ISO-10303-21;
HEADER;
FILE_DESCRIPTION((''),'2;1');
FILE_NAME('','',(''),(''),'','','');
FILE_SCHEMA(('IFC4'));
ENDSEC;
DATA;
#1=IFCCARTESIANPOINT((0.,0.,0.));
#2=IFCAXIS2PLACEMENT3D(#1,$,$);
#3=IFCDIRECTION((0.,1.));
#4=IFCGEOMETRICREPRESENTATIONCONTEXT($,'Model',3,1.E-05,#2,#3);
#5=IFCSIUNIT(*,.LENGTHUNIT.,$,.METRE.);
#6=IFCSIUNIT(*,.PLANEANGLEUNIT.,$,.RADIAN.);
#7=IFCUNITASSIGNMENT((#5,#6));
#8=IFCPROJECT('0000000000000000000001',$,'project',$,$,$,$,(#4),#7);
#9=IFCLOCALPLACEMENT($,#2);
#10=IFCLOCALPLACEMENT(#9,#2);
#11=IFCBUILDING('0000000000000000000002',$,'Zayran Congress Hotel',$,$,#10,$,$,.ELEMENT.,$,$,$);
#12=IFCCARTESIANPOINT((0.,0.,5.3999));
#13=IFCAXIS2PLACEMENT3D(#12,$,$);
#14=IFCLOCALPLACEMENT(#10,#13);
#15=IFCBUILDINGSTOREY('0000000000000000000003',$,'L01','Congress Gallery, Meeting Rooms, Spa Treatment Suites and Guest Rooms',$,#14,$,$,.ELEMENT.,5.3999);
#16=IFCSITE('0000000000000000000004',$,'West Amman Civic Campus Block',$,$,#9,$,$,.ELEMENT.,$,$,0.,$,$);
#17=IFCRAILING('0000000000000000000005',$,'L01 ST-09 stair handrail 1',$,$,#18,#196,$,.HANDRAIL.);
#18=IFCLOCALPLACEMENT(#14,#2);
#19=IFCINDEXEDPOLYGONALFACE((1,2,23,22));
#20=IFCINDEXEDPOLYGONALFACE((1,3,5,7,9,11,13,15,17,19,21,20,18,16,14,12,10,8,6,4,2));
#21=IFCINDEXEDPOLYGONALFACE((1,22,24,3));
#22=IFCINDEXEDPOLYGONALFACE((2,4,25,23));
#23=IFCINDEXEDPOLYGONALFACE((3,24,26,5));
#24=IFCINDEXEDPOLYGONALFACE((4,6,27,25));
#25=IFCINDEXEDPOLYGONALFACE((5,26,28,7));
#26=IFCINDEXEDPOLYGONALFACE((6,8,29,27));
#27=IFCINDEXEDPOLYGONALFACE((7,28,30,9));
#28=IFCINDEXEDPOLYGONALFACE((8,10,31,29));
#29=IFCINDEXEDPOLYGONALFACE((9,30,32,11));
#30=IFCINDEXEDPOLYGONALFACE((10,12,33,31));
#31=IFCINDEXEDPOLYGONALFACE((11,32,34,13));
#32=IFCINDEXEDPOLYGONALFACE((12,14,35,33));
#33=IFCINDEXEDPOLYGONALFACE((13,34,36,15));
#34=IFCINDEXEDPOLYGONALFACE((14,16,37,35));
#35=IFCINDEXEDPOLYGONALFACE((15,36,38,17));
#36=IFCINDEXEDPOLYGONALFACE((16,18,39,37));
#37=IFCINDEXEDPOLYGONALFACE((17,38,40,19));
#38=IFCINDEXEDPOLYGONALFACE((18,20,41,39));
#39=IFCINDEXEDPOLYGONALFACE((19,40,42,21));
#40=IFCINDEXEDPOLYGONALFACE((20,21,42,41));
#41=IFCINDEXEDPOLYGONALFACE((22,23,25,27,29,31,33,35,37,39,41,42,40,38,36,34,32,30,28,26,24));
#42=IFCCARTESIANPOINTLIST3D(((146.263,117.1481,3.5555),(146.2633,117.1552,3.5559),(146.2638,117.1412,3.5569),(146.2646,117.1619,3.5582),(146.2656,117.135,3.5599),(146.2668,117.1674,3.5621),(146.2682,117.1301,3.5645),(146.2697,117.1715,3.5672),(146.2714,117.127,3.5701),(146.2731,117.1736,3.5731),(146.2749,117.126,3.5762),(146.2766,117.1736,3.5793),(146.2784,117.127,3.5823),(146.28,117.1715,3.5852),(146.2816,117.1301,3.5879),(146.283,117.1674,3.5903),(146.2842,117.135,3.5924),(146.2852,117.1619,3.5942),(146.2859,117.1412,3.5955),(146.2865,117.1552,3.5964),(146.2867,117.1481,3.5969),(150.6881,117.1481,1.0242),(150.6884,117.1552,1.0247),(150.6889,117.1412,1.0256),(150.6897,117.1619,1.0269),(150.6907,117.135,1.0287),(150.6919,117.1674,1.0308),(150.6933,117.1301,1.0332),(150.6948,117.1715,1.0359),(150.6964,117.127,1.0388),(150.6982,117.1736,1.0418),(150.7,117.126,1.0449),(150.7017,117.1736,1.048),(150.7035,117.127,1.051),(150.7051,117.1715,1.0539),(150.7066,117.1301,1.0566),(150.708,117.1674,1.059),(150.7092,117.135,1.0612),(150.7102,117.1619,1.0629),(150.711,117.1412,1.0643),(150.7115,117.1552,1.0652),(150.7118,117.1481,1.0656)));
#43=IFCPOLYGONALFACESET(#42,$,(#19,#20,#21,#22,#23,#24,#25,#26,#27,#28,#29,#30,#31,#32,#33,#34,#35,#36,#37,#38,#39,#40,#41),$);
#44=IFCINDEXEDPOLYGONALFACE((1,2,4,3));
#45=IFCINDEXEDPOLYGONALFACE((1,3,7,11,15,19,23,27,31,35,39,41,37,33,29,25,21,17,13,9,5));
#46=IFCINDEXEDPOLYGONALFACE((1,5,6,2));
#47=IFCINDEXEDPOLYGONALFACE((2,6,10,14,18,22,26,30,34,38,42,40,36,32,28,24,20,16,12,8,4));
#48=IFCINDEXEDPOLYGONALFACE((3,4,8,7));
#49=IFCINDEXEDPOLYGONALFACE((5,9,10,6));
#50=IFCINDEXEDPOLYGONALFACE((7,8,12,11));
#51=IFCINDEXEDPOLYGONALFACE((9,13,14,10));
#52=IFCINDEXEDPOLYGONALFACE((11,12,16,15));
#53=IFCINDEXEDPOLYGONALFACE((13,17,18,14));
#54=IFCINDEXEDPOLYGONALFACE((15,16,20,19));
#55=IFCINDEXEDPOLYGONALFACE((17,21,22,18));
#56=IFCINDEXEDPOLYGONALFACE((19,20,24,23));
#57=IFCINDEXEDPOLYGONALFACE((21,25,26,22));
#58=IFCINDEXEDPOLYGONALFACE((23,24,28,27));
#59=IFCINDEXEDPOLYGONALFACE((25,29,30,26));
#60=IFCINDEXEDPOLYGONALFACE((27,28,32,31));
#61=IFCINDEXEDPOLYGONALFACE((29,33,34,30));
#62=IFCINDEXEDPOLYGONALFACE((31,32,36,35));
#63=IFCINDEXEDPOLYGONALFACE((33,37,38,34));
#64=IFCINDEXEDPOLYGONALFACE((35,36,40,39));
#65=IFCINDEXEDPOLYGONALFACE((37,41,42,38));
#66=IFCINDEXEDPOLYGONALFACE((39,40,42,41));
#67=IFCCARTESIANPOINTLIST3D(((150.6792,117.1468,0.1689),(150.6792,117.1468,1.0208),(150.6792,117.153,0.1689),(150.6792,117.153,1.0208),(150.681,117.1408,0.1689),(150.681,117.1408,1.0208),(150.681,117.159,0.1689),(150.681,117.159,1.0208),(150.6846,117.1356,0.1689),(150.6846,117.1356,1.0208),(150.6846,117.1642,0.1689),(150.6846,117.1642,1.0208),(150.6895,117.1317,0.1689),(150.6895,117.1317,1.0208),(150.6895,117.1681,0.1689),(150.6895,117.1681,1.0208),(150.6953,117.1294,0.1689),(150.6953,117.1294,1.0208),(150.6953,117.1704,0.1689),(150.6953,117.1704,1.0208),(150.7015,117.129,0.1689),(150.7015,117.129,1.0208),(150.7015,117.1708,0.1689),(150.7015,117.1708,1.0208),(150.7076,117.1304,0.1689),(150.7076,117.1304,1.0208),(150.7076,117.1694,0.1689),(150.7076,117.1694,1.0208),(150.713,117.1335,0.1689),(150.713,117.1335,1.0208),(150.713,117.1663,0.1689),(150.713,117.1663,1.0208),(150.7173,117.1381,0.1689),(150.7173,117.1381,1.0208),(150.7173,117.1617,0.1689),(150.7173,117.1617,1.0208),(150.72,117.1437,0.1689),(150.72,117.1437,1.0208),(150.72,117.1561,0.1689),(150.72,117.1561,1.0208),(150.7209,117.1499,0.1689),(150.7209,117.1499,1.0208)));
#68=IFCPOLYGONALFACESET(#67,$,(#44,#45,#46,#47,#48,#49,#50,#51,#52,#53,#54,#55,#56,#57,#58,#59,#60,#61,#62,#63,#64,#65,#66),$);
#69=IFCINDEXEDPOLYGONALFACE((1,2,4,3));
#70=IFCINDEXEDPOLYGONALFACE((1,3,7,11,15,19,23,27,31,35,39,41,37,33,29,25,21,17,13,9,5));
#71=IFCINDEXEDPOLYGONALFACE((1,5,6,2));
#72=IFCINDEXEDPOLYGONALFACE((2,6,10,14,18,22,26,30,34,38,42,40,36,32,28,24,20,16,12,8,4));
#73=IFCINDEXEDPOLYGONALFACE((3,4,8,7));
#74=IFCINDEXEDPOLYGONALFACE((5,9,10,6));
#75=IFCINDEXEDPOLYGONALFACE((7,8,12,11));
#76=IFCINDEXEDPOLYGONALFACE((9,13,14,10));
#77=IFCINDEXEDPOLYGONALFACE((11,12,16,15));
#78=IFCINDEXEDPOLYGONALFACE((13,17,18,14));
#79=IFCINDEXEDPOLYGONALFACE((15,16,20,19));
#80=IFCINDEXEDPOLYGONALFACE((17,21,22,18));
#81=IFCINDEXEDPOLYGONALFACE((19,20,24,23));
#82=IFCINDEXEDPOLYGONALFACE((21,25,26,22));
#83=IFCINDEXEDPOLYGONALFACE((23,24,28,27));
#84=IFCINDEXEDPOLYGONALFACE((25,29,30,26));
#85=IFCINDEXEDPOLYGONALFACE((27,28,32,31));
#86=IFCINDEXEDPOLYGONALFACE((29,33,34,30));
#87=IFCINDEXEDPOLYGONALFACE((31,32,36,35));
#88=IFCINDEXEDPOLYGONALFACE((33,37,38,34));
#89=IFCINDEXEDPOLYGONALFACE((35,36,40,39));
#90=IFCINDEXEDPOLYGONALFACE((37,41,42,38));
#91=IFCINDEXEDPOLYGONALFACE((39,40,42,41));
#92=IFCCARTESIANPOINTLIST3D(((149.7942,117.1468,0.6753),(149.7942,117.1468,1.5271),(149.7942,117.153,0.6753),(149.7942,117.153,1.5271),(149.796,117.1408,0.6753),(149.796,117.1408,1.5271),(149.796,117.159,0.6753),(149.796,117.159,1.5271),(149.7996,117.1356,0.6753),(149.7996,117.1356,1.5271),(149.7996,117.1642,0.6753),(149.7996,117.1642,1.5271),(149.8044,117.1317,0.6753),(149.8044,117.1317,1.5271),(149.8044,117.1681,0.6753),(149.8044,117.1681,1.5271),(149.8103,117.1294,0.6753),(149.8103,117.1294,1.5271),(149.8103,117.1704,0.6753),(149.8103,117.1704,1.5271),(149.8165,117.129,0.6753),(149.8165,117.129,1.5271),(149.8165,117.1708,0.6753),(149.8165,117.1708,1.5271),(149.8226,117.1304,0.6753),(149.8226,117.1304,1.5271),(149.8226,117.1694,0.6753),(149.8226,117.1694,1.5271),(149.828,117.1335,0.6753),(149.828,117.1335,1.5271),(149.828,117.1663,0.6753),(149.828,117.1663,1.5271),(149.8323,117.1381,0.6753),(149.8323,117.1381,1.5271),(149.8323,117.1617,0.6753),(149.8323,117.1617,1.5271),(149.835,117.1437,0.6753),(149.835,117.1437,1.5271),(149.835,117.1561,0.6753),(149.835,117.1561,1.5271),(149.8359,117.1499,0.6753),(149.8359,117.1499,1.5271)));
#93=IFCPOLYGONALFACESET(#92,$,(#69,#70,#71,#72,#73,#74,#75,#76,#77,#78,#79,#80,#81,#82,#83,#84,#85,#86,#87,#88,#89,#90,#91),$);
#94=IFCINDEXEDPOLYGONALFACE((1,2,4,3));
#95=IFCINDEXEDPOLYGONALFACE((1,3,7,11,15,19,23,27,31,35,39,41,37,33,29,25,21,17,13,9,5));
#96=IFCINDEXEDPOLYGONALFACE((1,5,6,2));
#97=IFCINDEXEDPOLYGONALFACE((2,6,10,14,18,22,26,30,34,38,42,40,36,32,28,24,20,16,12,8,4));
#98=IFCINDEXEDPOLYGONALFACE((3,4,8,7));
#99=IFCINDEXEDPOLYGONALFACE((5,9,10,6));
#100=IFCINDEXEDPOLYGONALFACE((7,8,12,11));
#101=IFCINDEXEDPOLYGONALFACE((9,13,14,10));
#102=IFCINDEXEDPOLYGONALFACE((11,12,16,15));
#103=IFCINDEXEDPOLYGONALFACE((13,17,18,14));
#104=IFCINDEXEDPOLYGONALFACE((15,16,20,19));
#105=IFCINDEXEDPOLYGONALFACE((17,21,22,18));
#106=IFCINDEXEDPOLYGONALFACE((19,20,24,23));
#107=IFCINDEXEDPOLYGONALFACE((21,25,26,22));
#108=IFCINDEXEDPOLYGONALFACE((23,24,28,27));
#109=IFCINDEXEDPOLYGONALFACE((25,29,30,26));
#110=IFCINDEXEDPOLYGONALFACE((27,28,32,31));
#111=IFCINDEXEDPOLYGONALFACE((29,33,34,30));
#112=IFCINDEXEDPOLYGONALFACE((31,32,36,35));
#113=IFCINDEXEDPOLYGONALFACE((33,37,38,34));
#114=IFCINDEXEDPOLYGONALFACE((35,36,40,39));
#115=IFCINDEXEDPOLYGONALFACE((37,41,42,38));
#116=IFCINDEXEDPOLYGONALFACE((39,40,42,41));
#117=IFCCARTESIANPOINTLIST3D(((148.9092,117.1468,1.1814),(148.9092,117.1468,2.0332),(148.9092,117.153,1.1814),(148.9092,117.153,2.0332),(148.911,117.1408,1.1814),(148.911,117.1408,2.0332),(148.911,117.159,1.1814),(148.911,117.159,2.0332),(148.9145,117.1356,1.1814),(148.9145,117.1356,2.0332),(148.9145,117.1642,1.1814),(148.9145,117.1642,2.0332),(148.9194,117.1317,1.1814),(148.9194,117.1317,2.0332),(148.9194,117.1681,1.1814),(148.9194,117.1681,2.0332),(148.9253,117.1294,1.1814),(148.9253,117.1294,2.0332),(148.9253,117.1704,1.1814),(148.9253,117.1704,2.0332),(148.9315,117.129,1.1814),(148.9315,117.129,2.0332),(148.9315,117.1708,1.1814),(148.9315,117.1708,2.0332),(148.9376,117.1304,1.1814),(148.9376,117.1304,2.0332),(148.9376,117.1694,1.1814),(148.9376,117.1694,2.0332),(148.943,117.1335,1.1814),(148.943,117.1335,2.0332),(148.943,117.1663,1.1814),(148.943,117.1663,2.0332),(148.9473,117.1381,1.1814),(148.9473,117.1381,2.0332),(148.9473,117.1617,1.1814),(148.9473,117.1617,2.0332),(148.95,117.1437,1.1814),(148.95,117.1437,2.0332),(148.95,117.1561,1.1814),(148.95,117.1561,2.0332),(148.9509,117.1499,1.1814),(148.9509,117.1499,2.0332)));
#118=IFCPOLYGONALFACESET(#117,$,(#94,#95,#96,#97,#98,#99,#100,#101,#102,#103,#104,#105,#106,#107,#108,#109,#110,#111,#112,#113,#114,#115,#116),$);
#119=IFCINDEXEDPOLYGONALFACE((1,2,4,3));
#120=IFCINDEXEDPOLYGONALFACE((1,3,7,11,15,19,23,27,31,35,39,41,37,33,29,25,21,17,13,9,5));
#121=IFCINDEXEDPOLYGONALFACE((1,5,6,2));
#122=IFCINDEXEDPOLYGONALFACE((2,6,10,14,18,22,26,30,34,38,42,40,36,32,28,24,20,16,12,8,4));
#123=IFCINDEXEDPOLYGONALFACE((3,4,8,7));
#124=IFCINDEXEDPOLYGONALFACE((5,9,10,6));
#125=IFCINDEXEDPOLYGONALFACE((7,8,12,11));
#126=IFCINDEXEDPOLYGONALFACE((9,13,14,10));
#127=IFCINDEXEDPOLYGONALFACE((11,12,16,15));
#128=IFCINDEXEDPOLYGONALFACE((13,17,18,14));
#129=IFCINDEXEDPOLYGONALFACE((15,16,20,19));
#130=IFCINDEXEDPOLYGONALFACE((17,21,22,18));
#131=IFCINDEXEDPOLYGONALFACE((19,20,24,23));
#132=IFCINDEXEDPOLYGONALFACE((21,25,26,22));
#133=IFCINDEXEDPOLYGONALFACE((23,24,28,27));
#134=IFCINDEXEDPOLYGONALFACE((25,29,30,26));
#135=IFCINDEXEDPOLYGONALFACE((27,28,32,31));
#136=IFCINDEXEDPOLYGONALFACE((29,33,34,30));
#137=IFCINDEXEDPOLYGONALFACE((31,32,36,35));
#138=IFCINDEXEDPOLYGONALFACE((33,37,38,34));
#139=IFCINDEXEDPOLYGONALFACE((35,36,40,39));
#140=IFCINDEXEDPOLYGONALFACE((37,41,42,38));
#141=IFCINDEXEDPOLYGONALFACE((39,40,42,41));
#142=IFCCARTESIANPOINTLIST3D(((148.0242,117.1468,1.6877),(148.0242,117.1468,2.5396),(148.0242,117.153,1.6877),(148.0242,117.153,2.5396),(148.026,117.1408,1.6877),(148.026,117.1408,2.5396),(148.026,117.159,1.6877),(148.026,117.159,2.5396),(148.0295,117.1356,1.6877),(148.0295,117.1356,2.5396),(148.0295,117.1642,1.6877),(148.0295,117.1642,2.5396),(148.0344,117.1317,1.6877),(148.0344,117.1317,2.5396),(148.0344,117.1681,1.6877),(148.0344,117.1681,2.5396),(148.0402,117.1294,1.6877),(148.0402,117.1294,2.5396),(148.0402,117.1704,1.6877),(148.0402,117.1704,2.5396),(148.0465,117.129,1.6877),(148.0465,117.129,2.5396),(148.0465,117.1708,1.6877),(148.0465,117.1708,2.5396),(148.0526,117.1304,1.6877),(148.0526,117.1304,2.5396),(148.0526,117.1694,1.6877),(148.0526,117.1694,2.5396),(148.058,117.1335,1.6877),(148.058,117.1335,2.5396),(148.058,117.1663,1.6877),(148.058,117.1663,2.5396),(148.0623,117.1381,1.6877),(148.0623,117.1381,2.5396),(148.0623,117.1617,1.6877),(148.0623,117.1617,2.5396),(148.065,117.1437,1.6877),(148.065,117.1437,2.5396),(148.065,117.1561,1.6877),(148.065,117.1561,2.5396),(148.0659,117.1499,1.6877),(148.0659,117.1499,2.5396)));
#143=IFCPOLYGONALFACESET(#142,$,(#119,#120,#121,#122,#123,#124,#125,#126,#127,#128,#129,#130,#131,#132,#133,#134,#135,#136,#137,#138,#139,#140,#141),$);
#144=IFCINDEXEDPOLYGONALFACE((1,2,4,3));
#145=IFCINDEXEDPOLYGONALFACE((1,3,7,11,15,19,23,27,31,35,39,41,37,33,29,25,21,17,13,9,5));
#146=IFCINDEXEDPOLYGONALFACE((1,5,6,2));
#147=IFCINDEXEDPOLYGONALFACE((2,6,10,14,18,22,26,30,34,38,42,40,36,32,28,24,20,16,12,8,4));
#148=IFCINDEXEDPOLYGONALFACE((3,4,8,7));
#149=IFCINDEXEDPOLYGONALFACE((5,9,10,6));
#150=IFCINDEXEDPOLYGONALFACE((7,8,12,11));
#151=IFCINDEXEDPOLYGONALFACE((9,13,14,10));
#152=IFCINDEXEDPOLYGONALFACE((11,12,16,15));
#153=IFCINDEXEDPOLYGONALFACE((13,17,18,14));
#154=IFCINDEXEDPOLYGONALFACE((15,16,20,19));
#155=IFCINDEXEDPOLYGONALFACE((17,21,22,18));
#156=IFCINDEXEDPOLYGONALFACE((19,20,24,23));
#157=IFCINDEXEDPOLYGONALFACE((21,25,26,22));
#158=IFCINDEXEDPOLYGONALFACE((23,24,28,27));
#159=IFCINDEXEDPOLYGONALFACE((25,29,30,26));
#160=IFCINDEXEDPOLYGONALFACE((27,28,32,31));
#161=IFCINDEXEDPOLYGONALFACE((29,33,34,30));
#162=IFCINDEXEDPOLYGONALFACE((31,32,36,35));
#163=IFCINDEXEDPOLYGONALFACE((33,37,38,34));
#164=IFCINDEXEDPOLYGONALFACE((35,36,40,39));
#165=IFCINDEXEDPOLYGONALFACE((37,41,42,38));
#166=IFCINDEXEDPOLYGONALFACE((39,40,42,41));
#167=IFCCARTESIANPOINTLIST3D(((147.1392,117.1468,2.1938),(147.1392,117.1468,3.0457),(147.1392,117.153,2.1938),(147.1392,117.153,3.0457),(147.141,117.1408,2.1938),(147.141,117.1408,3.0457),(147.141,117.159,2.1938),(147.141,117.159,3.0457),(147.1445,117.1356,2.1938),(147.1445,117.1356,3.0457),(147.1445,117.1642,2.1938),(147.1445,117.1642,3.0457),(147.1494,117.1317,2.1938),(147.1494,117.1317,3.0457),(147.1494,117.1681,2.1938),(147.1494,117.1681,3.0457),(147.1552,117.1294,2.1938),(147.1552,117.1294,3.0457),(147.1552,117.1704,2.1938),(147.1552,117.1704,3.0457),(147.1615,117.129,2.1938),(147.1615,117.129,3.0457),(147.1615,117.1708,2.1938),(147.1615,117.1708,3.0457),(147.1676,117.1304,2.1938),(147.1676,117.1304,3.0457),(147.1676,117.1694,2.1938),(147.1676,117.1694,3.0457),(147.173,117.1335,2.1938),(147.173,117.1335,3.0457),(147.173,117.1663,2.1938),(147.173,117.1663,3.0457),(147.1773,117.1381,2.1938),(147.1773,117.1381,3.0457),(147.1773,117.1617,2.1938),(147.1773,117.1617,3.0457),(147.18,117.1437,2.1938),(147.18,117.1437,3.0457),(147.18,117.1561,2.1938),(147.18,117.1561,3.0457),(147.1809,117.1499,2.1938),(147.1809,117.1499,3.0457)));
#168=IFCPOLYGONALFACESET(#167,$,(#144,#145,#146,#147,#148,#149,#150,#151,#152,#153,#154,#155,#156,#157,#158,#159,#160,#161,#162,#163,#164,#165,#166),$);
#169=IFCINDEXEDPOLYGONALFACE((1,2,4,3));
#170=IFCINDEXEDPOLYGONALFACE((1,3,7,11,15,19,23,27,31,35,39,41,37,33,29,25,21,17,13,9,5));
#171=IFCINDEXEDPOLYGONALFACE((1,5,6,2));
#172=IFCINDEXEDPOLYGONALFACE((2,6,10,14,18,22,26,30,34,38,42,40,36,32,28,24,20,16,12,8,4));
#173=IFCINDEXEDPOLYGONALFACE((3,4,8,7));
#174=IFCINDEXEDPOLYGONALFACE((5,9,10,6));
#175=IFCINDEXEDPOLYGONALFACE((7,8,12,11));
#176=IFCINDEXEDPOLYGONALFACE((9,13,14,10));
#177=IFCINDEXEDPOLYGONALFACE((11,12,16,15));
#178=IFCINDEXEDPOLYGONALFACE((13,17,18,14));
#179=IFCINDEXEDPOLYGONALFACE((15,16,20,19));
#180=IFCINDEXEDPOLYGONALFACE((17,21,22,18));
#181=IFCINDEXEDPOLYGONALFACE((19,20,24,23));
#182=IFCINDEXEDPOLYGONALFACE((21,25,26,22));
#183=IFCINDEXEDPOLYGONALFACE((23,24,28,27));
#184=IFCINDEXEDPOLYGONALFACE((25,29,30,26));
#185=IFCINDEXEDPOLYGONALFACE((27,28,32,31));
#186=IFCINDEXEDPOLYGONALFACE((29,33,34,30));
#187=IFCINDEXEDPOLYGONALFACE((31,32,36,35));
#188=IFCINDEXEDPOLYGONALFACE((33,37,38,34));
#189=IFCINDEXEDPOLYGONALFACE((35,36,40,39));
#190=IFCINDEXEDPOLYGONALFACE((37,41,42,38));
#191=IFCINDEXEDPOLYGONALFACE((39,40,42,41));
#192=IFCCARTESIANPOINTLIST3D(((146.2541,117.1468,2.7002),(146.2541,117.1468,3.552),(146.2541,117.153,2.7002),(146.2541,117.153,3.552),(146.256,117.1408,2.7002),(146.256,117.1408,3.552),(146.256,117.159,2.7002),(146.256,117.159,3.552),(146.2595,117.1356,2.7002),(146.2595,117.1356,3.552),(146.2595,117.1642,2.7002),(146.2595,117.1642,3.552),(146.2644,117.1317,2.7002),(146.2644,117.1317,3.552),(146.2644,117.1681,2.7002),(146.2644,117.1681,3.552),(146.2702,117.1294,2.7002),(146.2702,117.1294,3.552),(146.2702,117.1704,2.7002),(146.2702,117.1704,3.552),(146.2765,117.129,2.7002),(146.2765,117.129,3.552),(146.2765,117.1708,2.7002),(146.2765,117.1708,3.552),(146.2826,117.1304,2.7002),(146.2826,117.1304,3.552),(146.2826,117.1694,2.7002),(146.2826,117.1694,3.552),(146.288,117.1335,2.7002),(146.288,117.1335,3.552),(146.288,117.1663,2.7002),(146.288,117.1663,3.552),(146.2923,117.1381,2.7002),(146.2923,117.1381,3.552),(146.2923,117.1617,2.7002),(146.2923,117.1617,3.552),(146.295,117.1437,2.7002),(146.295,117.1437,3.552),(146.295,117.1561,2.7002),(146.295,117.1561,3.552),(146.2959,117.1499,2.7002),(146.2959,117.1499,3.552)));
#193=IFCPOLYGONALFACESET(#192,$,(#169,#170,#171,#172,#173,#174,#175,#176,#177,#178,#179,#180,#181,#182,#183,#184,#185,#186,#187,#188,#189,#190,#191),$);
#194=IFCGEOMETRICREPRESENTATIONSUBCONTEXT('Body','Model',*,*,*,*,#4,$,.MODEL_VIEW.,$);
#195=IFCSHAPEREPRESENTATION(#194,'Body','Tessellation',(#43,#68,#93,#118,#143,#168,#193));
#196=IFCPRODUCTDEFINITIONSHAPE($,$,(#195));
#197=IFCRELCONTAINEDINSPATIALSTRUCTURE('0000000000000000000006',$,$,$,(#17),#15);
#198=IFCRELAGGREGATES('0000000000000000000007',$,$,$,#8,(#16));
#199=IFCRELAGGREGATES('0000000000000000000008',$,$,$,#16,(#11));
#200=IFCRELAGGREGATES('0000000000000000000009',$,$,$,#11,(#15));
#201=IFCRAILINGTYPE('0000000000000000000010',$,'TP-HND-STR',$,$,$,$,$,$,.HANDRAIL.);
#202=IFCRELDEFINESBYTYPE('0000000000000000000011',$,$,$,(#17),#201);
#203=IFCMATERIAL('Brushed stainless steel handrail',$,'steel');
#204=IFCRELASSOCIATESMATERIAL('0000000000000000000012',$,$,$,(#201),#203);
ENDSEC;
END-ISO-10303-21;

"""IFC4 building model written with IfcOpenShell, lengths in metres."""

from ifc_helpers import new_model, si_unit, direction, frame, origin, origin_2d, place, context, subcontext, project, spatial, circle, extrude, material, type_object, element, save


model = new_model("IFC4")

# Units and contexts
model_context = context("Model", 3, precision=1e-05, world=origin(), true_north=direction((0.0, 1.0)))
body_context = subcontext(model_context, "Body", "Model", "MODEL_VIEW")
ifc_project = project(units=[si_unit("LENGTHUNIT", "METRE"), si_unit("PLANEANGLEUNIT", "RADIAN")], contexts=[model_context])

# Site, building, storey
site_placement = place(None, origin())
site = spatial("IfcSite", under=ifc_project, at=site_placement, Name="West Amman Civic Campus Block", CompositionType="ELEMENT", RefElevation=0.0)
building_placement = place(site_placement, origin())
building = spatial("IfcBuilding", under=site, at=building_placement, Name="Zayran Congress Hotel", CompositionType="ELEMENT")
storey_placement = place(building_placement, frame((0.0, 0.0, 5.3999)))
storey = spatial("IfcBuildingStorey", under=building, at=storey_placement, Name="L01", Description="Congress Gallery, Meeting Rooms, Spa Treatment Suites and Guest Rooms", CompositionType="ELEMENT", Elevation=5.3999)

# Railing
ifc_material_1 = material(Name="Brushed stainless steel handrail", Category="steel")
railing_type_1 = type_object("IfcRailingType", Name="TP-HND-STR", PredefinedType="HANDRAIL", material=ifc_material_1)
railing_1_placement = place(storey_placement, frame((150.7, 117.1499, 0.1689)))
element("IfcRailing", 1, at=railing_1_placement, inside=storey, type_object=railing_type_1, Name="L01 ST-09 stair handrail 1", PredefinedType="HANDRAIL", context=body_context, shape_type="SweptSolid", body=[
    extrude(circle(Radius=0.0239, at=origin_2d()), frame((0.0, 0.0, 0.876), z_axis=(-0.868019, 0.0, 0.496531), x_axis=(0.0, -1.0, 0.0)), (0.0, 0.0, 1.0), 5.0979),
    extrude(circle(Radius=0.021, at=origin_2d()), origin(), (0.0, 0.0, 1.0), 0.8518),
    extrude(circle(Radius=0.021, at=origin_2d()), frame((-0.885, 0.0, 0.5063)), (0.0, 0.0, 1.0), 0.8518),
    extrude(circle(Radius=0.021, at=origin_2d()), frame((-1.77, 0.0, 1.0125)), (0.0, 0.0, 1.0), 0.8518),
    extrude(circle(Radius=0.021, at=origin_2d()), frame((-2.655, 0.0, 1.5188)), (0.0, 0.0, 1.0), 0.8518),
    extrude(circle(Radius=0.021, at=origin_2d()), frame((-3.54, 0.0, 2.0249)), (0.0, 0.0, 1.0), 0.8518),
    extrude(circle(Radius=0.021, at=origin_2d()), frame((-4.425, 0.0, 2.5312)), (0.0, 0.0, 1.0), 0.8518),
])

save(model, "model.ifc")
